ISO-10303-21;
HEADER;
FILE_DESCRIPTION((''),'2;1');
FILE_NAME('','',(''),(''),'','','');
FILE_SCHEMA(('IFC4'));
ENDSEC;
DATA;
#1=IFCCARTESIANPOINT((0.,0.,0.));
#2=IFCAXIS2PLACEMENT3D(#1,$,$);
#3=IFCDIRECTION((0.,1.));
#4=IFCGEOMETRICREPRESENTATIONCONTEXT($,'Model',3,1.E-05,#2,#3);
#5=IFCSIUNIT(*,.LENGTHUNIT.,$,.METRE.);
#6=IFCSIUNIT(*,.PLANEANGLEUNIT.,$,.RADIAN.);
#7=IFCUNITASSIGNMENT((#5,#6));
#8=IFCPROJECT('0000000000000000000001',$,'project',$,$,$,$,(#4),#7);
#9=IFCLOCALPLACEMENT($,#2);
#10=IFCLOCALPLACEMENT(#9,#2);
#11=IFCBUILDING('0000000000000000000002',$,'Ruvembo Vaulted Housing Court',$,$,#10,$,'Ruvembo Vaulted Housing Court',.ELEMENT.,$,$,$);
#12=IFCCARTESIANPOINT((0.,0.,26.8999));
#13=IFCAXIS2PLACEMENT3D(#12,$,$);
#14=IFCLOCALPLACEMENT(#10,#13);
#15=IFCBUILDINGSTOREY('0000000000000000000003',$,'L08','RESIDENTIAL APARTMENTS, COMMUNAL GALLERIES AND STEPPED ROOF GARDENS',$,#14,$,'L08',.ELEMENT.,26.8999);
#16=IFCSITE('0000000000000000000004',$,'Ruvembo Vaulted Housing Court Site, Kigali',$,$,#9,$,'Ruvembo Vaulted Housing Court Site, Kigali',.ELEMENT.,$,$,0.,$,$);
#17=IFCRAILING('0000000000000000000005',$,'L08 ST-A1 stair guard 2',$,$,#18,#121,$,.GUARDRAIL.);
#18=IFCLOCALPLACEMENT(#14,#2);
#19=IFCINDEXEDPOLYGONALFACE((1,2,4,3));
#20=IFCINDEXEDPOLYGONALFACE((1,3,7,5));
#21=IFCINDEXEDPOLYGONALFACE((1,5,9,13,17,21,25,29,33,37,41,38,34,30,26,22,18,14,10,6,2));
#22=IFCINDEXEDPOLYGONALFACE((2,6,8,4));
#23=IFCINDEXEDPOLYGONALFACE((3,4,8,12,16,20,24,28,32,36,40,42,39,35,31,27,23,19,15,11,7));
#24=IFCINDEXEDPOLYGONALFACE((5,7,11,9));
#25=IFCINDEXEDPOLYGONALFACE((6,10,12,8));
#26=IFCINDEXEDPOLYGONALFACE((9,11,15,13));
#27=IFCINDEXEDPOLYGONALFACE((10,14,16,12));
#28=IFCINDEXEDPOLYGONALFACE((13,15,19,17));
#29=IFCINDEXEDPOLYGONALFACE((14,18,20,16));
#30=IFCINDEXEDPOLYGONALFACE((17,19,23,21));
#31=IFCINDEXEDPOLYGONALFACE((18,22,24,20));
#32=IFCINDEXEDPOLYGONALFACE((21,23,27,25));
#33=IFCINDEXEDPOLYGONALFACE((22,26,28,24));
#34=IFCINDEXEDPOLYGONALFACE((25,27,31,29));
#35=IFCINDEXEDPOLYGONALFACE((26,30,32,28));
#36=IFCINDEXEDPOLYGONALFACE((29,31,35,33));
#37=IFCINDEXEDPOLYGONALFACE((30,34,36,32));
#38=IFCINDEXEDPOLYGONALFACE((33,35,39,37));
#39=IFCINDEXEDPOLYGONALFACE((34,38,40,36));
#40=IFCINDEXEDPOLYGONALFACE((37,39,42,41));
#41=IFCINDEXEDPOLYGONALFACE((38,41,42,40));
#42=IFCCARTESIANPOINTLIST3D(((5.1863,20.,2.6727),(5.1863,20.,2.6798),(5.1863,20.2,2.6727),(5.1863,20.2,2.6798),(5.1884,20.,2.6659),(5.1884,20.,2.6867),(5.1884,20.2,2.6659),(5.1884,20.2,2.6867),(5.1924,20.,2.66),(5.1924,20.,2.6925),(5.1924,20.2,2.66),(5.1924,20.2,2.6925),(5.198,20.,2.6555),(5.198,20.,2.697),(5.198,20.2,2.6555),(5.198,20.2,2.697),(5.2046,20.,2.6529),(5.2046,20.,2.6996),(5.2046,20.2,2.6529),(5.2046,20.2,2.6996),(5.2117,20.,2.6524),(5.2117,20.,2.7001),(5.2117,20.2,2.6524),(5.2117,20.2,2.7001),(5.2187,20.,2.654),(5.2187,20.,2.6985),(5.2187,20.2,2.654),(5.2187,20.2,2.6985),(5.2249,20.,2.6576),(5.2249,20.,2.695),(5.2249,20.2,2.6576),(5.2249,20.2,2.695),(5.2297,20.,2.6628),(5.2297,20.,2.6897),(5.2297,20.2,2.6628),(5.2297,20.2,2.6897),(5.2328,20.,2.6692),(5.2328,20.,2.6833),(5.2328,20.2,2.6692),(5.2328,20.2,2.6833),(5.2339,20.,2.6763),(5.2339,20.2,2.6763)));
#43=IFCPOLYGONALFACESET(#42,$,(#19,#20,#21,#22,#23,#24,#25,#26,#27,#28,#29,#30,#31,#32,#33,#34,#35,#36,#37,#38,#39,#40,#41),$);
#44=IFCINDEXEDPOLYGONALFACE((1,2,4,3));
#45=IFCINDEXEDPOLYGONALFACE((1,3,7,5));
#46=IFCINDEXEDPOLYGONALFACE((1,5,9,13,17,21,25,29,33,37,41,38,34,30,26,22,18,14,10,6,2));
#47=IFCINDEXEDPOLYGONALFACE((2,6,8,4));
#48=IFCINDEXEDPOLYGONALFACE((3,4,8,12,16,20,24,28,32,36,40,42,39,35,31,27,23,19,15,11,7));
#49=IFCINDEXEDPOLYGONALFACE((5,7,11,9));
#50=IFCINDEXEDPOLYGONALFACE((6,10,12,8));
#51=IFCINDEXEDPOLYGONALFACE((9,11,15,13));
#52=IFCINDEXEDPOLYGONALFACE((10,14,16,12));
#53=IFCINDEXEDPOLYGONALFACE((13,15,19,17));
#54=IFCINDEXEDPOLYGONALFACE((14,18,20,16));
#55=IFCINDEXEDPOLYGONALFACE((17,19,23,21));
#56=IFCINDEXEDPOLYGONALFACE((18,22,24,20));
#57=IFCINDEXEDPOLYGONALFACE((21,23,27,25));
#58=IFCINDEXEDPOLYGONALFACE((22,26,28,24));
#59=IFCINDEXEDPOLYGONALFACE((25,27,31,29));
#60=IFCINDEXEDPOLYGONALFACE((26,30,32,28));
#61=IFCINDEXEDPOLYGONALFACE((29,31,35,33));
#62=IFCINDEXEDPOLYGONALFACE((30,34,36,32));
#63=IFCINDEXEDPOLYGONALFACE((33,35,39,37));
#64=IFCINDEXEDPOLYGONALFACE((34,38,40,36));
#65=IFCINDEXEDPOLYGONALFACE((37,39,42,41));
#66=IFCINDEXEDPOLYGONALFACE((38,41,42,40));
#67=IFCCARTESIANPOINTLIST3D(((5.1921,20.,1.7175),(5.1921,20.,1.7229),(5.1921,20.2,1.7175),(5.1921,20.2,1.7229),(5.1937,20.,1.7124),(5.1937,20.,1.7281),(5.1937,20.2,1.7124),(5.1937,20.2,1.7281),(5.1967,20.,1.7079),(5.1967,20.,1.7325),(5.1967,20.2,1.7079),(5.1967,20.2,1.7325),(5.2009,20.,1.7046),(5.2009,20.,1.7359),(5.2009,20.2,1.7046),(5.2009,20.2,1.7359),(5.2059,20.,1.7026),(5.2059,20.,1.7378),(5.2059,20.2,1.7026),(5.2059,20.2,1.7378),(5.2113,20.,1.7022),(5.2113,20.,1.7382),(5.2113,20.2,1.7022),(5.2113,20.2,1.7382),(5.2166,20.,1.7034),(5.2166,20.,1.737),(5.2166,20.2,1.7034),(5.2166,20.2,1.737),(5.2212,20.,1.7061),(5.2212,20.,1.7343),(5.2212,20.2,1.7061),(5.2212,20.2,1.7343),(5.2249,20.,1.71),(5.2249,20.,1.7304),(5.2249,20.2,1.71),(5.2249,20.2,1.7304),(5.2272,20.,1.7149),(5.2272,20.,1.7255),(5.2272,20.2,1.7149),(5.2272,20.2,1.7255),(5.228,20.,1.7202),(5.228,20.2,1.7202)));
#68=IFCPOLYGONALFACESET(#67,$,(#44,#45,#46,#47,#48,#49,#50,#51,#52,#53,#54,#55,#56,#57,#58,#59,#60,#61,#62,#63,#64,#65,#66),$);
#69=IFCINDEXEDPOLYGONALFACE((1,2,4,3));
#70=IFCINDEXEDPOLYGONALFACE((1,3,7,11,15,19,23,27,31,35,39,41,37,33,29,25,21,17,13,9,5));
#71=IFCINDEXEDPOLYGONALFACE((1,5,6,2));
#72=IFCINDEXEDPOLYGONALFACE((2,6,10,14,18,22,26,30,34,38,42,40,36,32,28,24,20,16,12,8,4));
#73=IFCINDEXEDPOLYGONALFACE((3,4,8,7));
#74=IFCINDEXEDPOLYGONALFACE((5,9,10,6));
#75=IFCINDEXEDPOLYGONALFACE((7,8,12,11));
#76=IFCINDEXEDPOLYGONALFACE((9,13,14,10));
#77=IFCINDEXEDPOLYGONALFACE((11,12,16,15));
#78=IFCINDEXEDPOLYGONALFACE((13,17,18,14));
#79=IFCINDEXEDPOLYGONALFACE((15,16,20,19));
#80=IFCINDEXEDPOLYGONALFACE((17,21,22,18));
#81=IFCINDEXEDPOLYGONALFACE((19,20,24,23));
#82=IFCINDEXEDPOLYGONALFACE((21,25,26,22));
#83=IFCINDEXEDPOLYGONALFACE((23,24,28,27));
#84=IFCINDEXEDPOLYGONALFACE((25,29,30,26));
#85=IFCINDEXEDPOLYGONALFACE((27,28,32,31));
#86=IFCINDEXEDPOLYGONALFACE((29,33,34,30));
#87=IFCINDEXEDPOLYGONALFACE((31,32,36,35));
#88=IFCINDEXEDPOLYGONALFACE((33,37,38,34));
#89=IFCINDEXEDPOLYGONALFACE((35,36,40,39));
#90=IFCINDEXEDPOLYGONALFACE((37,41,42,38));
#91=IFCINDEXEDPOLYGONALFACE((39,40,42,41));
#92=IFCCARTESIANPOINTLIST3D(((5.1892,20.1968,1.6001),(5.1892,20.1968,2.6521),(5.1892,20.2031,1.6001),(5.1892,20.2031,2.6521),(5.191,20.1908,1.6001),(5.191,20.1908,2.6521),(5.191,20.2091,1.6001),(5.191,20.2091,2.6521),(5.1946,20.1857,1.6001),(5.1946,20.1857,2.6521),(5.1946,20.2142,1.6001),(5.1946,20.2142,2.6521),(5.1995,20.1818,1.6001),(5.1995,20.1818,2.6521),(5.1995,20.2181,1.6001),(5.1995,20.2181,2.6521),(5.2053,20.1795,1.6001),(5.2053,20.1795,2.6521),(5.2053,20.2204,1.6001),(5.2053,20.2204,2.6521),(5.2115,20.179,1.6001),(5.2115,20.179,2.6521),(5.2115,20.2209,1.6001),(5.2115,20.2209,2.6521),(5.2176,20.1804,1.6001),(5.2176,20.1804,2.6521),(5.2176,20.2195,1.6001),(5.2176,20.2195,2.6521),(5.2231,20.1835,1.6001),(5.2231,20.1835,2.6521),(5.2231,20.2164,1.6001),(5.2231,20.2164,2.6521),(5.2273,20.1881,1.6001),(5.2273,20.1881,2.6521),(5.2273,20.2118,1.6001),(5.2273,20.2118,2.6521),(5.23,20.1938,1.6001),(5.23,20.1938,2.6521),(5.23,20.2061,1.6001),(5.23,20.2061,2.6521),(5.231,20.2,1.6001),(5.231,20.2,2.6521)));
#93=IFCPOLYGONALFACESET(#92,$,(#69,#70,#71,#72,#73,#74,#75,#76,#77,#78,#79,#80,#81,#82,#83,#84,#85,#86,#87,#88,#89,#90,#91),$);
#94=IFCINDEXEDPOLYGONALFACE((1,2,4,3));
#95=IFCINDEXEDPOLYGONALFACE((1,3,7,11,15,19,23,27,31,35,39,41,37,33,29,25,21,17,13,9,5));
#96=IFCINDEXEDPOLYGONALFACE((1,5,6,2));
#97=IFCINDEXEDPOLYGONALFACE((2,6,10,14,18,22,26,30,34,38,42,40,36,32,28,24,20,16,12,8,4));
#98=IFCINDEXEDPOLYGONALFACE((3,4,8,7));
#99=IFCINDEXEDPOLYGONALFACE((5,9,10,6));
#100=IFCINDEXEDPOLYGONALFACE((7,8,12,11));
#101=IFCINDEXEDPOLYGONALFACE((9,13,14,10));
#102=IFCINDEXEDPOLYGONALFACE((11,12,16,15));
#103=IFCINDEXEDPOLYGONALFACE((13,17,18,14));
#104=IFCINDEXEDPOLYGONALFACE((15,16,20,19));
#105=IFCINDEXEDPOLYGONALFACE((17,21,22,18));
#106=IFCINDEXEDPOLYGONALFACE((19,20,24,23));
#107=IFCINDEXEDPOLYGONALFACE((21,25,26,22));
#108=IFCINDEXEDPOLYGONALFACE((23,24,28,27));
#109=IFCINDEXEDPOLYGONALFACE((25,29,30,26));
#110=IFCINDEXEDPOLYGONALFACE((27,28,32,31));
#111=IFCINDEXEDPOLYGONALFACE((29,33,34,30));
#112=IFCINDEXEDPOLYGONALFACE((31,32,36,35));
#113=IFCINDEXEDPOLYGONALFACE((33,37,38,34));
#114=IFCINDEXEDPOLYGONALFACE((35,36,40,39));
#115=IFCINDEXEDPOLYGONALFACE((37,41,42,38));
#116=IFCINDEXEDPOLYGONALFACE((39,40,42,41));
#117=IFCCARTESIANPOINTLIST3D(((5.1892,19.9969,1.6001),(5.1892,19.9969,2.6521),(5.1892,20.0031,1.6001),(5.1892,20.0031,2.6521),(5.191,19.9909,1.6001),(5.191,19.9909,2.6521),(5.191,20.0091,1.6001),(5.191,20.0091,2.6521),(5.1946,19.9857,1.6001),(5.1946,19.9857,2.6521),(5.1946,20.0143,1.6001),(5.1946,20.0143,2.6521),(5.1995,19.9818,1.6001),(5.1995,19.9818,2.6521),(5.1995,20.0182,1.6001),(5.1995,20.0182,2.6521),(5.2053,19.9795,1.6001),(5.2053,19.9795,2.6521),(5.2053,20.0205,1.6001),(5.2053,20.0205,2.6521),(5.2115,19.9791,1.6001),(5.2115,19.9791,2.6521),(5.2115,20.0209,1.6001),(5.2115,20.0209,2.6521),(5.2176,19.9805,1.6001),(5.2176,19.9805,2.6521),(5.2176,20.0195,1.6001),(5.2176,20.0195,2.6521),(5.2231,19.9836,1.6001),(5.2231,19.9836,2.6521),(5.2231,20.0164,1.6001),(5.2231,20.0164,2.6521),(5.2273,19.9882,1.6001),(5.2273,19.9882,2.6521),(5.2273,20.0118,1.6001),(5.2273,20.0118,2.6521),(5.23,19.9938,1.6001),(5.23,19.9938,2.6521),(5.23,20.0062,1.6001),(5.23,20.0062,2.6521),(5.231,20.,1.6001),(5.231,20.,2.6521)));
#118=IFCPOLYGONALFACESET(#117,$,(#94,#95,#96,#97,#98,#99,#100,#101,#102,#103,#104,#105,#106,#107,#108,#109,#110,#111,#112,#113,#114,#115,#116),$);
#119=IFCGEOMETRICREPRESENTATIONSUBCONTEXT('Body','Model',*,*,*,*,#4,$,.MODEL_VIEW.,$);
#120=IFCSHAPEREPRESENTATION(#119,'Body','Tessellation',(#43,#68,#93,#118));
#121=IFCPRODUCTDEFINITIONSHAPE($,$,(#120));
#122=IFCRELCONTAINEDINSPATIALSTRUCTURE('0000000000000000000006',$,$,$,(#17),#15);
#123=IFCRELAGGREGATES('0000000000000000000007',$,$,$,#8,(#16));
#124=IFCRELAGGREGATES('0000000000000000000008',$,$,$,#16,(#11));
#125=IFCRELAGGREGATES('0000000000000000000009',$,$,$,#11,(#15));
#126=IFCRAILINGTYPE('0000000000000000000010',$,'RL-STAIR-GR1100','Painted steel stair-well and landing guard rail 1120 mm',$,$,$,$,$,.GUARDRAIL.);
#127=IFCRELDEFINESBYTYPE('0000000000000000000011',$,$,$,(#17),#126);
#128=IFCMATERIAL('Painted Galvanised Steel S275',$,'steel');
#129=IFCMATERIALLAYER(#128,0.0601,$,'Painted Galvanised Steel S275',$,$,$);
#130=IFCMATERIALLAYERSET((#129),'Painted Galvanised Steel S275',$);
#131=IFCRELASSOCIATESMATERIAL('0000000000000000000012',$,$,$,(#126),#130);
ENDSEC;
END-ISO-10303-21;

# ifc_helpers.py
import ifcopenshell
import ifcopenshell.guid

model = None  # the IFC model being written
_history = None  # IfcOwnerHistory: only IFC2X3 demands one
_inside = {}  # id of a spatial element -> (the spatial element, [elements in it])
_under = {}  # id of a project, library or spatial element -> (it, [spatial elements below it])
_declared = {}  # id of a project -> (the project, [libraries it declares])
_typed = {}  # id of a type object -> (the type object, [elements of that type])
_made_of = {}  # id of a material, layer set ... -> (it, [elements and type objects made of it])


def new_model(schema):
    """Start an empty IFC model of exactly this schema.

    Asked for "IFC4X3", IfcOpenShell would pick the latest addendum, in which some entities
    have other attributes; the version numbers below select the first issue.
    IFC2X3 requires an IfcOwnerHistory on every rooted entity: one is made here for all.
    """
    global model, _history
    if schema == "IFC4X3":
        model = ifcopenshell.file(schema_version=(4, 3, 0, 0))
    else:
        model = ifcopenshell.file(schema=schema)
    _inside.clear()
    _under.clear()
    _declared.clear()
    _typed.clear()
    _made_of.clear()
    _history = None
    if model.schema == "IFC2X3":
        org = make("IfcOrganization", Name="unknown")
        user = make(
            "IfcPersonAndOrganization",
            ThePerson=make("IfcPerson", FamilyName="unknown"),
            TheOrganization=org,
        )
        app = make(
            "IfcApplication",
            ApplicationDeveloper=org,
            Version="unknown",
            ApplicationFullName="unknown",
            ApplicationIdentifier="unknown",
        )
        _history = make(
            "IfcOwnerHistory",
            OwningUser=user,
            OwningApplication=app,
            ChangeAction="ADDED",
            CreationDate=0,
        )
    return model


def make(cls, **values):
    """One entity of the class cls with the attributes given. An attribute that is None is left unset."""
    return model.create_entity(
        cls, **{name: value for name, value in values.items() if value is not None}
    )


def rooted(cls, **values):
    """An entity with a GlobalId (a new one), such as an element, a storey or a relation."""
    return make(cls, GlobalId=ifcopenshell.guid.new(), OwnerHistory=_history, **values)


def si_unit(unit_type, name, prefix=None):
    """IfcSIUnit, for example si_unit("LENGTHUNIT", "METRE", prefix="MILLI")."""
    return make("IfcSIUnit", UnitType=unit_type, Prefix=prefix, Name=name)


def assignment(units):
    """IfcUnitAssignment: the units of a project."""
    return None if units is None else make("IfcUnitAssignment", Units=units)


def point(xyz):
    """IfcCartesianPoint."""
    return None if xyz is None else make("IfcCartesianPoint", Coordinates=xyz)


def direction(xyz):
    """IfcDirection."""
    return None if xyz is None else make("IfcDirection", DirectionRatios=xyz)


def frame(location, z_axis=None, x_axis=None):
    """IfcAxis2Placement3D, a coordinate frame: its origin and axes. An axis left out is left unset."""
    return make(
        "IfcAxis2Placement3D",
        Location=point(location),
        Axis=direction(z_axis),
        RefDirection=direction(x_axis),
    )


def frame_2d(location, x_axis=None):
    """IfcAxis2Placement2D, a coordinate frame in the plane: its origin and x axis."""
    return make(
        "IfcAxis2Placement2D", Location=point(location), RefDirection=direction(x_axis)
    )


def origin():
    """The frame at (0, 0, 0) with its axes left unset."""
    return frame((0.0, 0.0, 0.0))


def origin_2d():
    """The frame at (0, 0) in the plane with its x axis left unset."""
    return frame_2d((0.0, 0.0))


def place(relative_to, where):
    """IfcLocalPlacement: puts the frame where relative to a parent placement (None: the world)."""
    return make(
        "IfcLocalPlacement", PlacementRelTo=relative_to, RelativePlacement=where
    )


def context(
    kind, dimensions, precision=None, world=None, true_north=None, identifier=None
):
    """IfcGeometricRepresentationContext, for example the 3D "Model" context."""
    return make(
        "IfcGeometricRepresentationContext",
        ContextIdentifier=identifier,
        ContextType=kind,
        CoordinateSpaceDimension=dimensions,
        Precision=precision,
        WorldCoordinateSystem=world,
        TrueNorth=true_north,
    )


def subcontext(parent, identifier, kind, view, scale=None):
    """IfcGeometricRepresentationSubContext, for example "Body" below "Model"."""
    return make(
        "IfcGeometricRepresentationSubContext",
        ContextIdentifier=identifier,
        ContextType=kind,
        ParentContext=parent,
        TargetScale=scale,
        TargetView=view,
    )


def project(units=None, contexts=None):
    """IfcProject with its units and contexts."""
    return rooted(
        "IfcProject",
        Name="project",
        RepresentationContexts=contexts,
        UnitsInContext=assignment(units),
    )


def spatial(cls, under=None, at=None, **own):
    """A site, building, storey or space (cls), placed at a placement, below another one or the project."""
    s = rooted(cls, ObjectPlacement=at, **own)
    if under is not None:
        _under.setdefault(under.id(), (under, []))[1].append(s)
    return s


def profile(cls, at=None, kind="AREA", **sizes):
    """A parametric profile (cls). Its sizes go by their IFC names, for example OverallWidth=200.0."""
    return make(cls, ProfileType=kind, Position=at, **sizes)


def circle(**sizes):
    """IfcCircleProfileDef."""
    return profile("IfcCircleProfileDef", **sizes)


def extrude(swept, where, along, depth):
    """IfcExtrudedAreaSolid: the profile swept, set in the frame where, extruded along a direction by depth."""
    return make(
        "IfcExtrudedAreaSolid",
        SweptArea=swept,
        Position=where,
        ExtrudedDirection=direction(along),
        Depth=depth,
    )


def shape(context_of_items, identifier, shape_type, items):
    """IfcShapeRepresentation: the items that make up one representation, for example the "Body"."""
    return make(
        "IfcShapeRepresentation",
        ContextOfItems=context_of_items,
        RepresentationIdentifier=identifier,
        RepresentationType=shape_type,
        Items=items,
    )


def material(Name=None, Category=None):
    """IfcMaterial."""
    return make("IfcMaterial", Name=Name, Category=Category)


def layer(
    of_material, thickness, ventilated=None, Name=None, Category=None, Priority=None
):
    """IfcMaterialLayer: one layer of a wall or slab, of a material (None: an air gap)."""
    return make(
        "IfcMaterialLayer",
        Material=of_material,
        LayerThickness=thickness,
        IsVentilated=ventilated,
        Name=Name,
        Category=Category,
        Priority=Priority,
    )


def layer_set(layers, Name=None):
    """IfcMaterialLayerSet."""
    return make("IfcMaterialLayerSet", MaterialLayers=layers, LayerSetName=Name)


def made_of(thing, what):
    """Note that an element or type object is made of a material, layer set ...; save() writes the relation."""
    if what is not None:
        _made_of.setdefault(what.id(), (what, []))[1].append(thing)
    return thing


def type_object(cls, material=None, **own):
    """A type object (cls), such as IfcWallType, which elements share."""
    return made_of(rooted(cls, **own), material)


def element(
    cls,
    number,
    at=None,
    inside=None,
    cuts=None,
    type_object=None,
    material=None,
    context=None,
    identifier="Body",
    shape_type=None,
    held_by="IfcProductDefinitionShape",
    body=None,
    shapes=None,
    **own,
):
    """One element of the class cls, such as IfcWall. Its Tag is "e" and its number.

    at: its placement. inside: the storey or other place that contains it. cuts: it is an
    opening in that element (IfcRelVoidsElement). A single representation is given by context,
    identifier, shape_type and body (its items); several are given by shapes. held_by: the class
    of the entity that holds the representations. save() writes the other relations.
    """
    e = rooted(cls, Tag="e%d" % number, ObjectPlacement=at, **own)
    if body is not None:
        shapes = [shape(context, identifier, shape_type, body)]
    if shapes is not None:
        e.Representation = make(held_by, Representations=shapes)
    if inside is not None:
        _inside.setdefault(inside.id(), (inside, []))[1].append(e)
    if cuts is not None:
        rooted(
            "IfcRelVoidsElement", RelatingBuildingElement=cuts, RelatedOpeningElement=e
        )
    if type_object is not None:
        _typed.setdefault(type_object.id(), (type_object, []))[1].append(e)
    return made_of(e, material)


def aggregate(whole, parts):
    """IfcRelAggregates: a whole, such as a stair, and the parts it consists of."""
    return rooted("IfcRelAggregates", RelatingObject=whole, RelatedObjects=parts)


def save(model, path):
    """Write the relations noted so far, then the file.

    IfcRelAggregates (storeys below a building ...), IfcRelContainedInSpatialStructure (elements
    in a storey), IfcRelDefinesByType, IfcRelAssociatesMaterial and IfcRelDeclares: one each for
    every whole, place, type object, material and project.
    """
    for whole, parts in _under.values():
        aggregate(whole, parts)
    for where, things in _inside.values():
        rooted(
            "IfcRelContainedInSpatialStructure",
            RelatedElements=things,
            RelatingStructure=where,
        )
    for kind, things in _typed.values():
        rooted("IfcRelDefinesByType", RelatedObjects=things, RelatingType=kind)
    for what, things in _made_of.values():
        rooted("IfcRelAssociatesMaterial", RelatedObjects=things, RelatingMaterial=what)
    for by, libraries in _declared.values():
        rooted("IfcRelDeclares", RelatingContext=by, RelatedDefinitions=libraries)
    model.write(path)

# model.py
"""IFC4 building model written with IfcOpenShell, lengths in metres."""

from ifc_helpers import new_model, si_unit, direction, frame, origin, origin_2d, place, context, subcontext, project, spatial, circle, extrude, material, layer, layer_set, type_object, element, save


model = new_model("IFC4")

# Units and contexts
model_context = context("Model", 3, precision=1e-05, world=origin(), true_north=direction((0.0, 1.0)))
body_context = subcontext(model_context, "Body", "Model", "MODEL_VIEW")
ifc_project = project(units=[si_unit("LENGTHUNIT", "METRE"), si_unit("PLANEANGLEUNIT", "RADIAN")], contexts=[model_context])

# Site, building, storey
site_placement = place(None, origin())
site = spatial("IfcSite", under=ifc_project, at=site_placement, Name="Ruvembo Vaulted Housing Court Site, Kigali", LongName="Ruvembo Vaulted Housing Court Site, Kigali", CompositionType="ELEMENT", RefElevation=0.0)
building_placement = place(site_placement, origin())
building = spatial("IfcBuilding", under=site, at=building_placement, Name="Ruvembo Vaulted Housing Court", LongName="Ruvembo Vaulted Housing Court", CompositionType="ELEMENT")
storey_placement = place(building_placement, frame((0.0, 0.0, 26.8999)))
storey = spatial("IfcBuildingStorey", under=building, at=storey_placement, Name="L08", Description="RESIDENTIAL APARTMENTS, COMMUNAL GALLERIES AND STEPPED ROOF GARDENS", LongName="L08", CompositionType="ELEMENT", Elevation=26.8999)

# Railing
ifc_material_1 = material(Name="Painted Galvanised Steel S275", Category="steel")
ifc_layer_1 = layer(ifc_material_1, 0.0601, Name="Painted Galvanised Steel S275")
ifc_layer_set_1 = layer_set([ifc_layer_1], Name="Painted Galvanised Steel S275")
railing_type = type_object("IfcRailingType", Name="RL-STAIR-GR1100", Description="Painted steel stair-well and landing guard rail 1120 mm", PredefinedType="GUARDRAIL", material=ifc_layer_set_1)
railing_1_placement = place(storey_placement, frame((5.21, 20.2, 1.6001)))
element("IfcRailing", 1, at=railing_1_placement, inside=storey, type_object=railing_type, Name="L08 ST-A1 stair guard 2", PredefinedType="GUARDRAIL", context=body_context, shape_type="SweptSolid", body=[
    extrude(circle(Radius=0.0239, at=origin_2d()), frame((0.0, 0.0, 1.0762), z_axis=(0.0, -1.0, 0.0), x_axis=(1.0, 0.0, 0.0)), (0.0, 0.0, 1.0), 0.2),
    extrude(circle(Radius=0.0181, at=origin_2d()), frame((0.0, 0.0, 0.1201), z_axis=(0.0, -1.0, 0.0), x_axis=(1.0, 0.0, 0.0)), (0.0, 0.0, 1.0), 0.2),
    extrude(circle(Radius=0.021, at=origin_2d()), origin(), (0.0, 0.0, 1.0), 1.052),
    extrude(circle(Radius=0.021, at=origin_2d()), frame((0.0, -0.2, 0.0)), (0.0, 0.0, 1.0), 1.052),
])

save(model, "model.ifc")
